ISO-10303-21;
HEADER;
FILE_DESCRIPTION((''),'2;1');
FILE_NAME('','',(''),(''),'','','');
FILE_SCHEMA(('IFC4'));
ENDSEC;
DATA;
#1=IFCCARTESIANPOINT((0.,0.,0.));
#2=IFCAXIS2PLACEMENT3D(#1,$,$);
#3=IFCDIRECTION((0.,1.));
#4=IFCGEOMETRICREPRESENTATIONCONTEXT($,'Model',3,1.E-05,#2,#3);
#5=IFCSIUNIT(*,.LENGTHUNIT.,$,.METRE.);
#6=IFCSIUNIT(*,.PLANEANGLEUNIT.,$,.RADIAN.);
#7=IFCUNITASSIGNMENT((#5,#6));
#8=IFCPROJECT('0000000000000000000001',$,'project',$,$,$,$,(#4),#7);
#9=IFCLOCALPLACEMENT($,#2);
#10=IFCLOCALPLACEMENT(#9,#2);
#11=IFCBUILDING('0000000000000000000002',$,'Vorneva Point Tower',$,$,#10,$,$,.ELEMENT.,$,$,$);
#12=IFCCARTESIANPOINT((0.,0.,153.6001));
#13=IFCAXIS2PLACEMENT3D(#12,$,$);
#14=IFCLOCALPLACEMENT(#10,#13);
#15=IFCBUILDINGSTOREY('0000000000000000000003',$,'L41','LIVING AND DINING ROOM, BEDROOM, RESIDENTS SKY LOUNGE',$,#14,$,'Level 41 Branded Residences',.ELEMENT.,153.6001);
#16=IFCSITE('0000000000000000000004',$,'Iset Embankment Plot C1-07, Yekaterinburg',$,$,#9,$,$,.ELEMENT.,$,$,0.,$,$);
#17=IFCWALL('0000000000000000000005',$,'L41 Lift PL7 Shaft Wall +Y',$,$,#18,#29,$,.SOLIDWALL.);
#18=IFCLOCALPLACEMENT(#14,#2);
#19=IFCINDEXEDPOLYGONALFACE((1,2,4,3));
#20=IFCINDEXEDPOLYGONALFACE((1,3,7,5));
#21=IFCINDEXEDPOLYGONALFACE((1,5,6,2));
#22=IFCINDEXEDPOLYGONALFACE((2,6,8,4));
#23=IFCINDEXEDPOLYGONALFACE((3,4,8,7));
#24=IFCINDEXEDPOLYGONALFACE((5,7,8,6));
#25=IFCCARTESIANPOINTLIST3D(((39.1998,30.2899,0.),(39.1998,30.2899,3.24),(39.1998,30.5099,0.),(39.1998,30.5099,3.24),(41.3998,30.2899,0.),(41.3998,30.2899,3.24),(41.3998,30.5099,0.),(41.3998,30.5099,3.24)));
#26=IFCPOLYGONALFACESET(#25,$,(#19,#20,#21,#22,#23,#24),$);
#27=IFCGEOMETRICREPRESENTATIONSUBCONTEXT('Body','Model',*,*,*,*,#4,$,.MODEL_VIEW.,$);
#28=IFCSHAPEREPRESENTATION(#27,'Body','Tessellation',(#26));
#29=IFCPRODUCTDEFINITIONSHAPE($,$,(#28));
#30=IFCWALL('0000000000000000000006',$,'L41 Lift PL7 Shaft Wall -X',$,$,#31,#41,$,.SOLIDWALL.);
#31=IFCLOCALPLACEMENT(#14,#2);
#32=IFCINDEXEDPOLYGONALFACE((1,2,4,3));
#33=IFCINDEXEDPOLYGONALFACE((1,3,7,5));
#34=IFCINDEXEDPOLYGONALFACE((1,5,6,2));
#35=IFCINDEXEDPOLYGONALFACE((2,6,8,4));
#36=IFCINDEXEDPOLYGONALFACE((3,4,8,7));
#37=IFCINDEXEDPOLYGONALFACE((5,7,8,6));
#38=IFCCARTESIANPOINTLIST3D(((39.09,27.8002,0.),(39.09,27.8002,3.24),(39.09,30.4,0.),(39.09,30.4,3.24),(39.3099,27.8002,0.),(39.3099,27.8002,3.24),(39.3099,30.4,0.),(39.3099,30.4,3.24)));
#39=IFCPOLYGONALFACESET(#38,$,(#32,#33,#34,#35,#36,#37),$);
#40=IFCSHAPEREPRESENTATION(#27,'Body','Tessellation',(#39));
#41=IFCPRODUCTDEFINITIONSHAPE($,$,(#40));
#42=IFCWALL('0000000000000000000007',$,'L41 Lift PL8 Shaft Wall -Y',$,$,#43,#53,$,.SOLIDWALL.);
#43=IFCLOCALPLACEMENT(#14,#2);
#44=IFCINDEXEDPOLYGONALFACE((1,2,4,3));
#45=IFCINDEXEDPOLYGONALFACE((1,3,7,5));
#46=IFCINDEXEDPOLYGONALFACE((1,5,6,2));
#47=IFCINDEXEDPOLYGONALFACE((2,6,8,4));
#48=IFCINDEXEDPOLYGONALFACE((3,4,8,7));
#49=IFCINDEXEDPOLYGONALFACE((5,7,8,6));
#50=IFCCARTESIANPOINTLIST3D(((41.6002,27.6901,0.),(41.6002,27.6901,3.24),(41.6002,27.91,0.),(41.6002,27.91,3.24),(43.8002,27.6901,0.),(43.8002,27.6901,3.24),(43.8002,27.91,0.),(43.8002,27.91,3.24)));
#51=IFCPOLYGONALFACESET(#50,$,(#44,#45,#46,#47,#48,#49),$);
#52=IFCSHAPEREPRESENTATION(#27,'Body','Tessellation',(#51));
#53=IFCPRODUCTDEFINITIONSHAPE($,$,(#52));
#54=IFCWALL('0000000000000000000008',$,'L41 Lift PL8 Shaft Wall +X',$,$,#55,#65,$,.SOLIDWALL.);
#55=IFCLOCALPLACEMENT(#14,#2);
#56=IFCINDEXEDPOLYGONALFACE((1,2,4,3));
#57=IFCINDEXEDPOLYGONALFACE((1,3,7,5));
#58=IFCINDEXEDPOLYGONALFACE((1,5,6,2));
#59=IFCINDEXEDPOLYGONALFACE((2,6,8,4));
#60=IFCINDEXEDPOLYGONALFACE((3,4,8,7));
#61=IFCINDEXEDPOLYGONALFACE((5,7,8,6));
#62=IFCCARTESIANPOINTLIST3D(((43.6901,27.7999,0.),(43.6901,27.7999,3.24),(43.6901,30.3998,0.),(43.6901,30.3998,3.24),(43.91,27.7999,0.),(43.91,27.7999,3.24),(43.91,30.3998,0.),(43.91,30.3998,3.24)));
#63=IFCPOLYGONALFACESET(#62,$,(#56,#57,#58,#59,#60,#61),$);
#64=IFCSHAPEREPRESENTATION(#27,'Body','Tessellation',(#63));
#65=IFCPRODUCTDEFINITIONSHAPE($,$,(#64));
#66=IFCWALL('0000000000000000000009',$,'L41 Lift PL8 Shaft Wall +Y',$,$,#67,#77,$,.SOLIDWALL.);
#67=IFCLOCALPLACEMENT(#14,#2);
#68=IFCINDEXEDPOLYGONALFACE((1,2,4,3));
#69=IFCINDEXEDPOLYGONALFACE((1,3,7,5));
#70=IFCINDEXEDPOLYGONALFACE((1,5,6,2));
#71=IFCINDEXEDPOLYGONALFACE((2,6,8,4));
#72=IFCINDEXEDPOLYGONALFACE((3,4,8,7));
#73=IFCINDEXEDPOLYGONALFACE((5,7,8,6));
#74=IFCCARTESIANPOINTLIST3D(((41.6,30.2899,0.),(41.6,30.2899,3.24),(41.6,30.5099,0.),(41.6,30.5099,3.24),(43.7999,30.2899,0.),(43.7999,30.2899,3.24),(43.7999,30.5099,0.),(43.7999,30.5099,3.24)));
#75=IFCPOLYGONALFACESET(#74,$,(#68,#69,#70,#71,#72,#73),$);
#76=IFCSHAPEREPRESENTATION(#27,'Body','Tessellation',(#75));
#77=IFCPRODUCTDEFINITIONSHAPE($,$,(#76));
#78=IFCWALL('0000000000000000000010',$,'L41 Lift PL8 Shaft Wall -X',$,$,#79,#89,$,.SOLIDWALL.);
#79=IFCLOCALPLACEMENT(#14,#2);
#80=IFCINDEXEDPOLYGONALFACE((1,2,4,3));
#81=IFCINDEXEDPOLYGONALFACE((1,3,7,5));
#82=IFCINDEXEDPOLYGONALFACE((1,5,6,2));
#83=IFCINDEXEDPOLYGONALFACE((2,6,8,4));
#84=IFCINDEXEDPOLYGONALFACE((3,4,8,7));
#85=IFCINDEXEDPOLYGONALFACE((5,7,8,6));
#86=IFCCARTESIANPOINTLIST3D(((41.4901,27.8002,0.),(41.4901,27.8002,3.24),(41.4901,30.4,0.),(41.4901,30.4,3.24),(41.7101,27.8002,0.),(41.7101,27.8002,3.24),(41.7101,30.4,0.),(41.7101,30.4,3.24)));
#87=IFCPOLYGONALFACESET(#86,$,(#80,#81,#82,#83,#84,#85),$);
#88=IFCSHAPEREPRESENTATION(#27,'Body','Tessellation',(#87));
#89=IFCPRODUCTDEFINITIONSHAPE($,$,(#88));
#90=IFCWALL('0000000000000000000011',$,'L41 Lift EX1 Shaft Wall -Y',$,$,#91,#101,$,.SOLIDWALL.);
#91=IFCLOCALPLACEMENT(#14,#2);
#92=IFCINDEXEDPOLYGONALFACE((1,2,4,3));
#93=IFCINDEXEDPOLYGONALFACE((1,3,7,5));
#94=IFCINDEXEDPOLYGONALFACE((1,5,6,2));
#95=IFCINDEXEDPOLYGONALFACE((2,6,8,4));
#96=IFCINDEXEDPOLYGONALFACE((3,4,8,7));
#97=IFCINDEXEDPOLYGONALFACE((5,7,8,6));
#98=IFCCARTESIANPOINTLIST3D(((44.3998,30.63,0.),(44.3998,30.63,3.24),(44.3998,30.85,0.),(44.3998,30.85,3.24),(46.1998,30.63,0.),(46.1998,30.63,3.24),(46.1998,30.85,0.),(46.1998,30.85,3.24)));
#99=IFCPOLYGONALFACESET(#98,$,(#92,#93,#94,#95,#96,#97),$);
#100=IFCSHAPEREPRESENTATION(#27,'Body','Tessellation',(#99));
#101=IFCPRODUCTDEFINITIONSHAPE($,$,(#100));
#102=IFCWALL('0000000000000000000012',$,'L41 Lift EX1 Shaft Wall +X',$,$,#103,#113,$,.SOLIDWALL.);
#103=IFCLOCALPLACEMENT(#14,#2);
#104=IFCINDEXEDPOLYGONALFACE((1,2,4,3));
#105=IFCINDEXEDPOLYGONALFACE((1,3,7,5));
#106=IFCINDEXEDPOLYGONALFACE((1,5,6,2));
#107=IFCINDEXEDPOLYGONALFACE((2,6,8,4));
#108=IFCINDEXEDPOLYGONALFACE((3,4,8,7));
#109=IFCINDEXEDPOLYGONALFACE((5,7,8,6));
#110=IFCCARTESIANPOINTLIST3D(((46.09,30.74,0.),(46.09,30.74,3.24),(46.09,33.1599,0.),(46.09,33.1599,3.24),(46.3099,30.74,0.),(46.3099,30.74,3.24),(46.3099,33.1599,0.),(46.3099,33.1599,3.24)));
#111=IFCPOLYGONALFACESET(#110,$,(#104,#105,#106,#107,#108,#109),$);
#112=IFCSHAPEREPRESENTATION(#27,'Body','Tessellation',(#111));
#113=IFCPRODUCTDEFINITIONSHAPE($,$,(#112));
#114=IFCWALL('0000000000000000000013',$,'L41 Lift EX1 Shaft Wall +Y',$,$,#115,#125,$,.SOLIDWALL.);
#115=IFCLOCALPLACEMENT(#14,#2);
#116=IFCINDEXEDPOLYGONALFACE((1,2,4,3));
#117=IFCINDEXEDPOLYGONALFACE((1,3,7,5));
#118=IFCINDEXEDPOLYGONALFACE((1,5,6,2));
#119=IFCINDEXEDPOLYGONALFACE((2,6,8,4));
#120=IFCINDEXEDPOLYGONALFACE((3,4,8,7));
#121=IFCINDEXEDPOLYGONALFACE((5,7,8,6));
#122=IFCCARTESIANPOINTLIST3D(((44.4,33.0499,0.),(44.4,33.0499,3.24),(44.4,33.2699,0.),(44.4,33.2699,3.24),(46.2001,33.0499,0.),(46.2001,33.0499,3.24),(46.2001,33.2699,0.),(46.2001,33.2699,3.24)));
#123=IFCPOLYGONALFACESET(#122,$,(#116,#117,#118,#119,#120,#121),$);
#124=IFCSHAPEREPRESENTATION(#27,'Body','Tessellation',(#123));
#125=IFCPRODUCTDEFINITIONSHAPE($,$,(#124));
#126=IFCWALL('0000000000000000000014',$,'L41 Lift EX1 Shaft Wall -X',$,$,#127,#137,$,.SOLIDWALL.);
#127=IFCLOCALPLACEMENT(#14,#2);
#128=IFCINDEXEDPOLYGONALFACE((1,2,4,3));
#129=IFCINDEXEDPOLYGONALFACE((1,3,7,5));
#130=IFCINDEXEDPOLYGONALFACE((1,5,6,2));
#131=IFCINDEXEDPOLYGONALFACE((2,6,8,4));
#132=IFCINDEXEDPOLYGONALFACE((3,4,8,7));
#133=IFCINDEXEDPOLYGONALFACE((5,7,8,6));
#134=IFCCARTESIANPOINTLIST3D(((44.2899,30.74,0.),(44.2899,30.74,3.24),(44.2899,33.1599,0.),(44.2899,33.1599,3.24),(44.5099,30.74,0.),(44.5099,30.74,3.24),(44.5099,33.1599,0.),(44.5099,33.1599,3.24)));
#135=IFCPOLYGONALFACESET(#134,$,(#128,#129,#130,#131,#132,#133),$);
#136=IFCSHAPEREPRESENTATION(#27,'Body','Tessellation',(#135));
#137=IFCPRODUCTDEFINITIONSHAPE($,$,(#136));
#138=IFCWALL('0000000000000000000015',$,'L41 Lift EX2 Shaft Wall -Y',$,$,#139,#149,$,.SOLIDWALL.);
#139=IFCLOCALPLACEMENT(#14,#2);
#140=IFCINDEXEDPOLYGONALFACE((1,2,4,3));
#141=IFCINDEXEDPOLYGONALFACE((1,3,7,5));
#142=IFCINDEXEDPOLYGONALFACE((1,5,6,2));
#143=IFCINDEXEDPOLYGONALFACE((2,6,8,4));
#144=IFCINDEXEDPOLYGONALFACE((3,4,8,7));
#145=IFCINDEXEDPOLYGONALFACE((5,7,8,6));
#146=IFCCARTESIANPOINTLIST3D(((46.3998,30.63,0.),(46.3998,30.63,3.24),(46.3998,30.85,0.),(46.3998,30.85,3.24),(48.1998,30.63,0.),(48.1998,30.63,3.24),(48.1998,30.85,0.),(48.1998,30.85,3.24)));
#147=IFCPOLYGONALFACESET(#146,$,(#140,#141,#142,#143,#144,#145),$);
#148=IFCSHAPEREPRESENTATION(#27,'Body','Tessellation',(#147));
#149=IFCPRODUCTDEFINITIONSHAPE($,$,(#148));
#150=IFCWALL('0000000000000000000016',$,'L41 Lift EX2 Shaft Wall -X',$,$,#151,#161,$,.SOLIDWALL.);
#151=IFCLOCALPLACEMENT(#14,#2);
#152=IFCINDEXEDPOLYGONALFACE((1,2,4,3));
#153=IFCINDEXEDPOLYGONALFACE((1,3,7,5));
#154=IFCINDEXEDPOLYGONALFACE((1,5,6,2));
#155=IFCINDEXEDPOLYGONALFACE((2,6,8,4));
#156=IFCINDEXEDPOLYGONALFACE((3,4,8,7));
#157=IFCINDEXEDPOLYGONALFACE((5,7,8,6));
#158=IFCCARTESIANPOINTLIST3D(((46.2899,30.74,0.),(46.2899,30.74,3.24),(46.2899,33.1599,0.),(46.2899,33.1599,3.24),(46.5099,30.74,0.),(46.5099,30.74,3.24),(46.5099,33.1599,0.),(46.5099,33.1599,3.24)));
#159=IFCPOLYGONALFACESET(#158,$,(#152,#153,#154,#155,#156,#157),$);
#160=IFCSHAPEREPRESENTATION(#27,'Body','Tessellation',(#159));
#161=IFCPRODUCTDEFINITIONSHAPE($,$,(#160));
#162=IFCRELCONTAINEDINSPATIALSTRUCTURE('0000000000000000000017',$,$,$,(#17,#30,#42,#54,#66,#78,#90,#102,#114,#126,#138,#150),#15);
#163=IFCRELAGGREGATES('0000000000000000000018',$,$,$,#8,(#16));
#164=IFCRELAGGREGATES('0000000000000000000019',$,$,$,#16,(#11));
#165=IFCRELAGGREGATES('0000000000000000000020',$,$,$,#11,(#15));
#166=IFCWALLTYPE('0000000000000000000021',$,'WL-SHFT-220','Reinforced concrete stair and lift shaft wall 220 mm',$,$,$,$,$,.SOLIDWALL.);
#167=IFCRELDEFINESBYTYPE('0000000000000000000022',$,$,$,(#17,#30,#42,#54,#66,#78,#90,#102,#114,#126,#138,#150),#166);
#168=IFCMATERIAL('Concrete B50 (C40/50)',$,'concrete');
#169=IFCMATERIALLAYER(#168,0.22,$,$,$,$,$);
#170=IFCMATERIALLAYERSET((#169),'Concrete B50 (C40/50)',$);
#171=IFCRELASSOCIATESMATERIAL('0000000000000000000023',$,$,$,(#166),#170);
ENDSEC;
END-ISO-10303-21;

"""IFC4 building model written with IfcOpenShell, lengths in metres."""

from ifc_helpers import new_model, si_unit, direction, frame, frame_2d, origin, place, context, subcontext, project, spatial, rectangle, extrude, material, layer, layer_set, type_object, element, save


model = new_model("IFC4")

# Units and contexts
model_context = context("Model", 3, precision=1e-05, world=origin(), true_north=direction((0.0, 1.0)))
body_context = subcontext(model_context, "Body", "Model", "MODEL_VIEW")
ifc_project = project(units=[si_unit("LENGTHUNIT", "METRE"), si_unit("PLANEANGLEUNIT", "RADIAN")], contexts=[model_context])

# Site, building, storey
site_placement = place(None, origin())
site = spatial("IfcSite", under=ifc_project, at=site_placement, Name="Iset Embankment Plot C1-07, Yekaterinburg", CompositionType="ELEMENT", RefElevation=0.0)
building_placement = place(site_placement, origin())
building = spatial("IfcBuilding", under=site, at=building_placement, Name="Vorneva Point Tower", CompositionType="ELEMENT")
storey_placement = place(building_placement, frame((0.0, 0.0, 153.6001)))
storey = spatial("IfcBuildingStorey", under=building, at=storey_placement, Name="L41", Description="LIVING AND DINING ROOM, BEDROOM, RESIDENTS SKY LOUNGE", LongName="Level 41 Branded Residences", CompositionType="ELEMENT", Elevation=153.6001)

# Walls
ifc_material_1 = material(Name="Concrete B50 (C40/50)", Category="concrete")
ifc_layer_1 = layer(ifc_material_1, 0.22)
ifc_layer_set_1 = layer_set([ifc_layer_1], Name="Concrete B50 (C40/50)")
wall_type_1 = type_object("IfcWallType", Name="WL-SHFT-220", Description="Reinforced concrete stair and lift shaft wall 220 mm", PredefinedType="SOLIDWALL", material=ifc_layer_set_1)
wall_1_placement = place(storey_placement, frame((41.3999, 30.3999, 0.0), z_axis=(0.0, 0.0, 1.0), x_axis=(-1.0, 0.0, 0.0)))
element("IfcWall", 1, at=wall_1_placement, inside=storey, type_object=wall_type_1, Name="L41 Lift PL7 Shaft Wall +Y", PredefinedType="SOLIDWALL", context=body_context, shape_type="SweptSolid", body=[
    extrude(rectangle(XDim=2.2, YDim=0.22, at=frame_2d((1.1001, 0.0))), origin(), (0.0, 0.0, 1.0), 3.24),
])
wall_2_placement = place(storey_placement, frame((39.2, 30.3999, 0.0), z_axis=(0.0, 0.0, 1.0), x_axis=(0.0, -1.0, 0.0)))
element("IfcWall", 2, at=wall_2_placement, inside=storey, type_object=wall_type_1, Name="L41 Lift PL7 Shaft Wall -X", PredefinedType="SOLIDWALL", context=body_context, shape_type="SweptSolid", body=[
    extrude(rectangle(XDim=2.5999, YDim=0.22, at=frame_2d((1.2998, 0.0))), origin(), (0.0, 0.0, 1.0), 3.24),
])
wall_3_placement = place(storey_placement, frame((41.6001, 27.8, 0.0), z_axis=(0.0, 0.0, 1.0), x_axis=(1.0, 0.0, 0.0)))
element("IfcWall", 3, at=wall_3_placement, inside=storey, type_object=wall_type_1, Name="L41 Lift PL8 Shaft Wall -Y", PredefinedType="SOLIDWALL", context=body_context, shape_type="SweptSolid", body=[
    extrude(rectangle(XDim=2.2, YDim=0.22, at=frame_2d((1.1001, 0.0))), origin(), (0.0, 0.0, 1.0), 3.24),
])
wall_4_placement = place(storey_placement, frame((43.8, 27.8, 0.0), z_axis=(0.0, 0.0, 1.0), x_axis=(0.0, 1.0, 0.0)))
element("IfcWall", 4, at=wall_4_placement, inside=storey, type_object=wall_type_1, Name="L41 Lift PL8 Shaft Wall +X", PredefinedType="SOLIDWALL", context=body_context, shape_type="SweptSolid", body=[
    extrude(rectangle(XDim=2.5999, YDim=0.22, at=frame_2d((1.2998, 0.0))), origin(), (0.0, 0.0, 1.0), 3.24),
])
wall_5_placement = place(storey_placement, frame((43.8, 30.3999, 0.0), z_axis=(0.0, 0.0, 1.0), x_axis=(-1.0, 0.0, 0.0)))
element("IfcWall", 5, at=wall_5_placement, inside=storey, type_object=wall_type_1, Name="L41 Lift PL8 Shaft Wall +Y", PredefinedType="SOLIDWALL", context=body_context, shape_type="SweptSolid", body=[
    extrude(rectangle(XDim=2.2, YDim=0.22, at=frame_2d((1.1001, 0.0))), origin(), (0.0, 0.0, 1.0), 3.24),
])
wall_6_placement = place(storey_placement, frame((41.6001, 30.3999, 0.0), z_axis=(0.0, 0.0, 1.0), x_axis=(0.0, -1.0, 0.0)))
element("IfcWall", 6, at=wall_6_placement, inside=storey, type_object=wall_type_1, Name="L41 Lift PL8 Shaft Wall -X", PredefinedType="SOLIDWALL", context=body_context, shape_type="SweptSolid", body=[
    extrude(rectangle(XDim=2.5999, YDim=0.22, at=frame_2d((1.2998, 0.0))), origin(), (0.0, 0.0, 1.0), 3.24),
])
wall_7_placement = place(storey_placement, frame((44.3999, 30.74, 0.0), z_axis=(0.0, 0.0, 1.0), x_axis=(1.0, 0.0, 0.0)))
element("IfcWall", 7, at=wall_7_placement, inside=storey, type_object=wall_type_1, Name="L41 Lift EX1 Shaft Wall -Y", PredefinedType="SOLIDWALL", context=body_context, shape_type="SweptSolid", body=[
    extrude(rectangle(XDim=1.8, YDim=0.22, at=frame_2d((0.8999, 0.0))), origin(), (0.0, 0.0, 1.0), 3.24),
])
wall_8_placement = place(storey_placement, frame((46.2, 30.74, 0.0), z_axis=(0.0, 0.0, 1.0), x_axis=(0.0, 1.0, 0.0)))
element("IfcWall", 8, at=wall_8_placement, inside=storey, type_object=wall_type_1, Name="L41 Lift EX1 Shaft Wall +X", PredefinedType="SOLIDWALL", context=body_context, shape_type="SweptSolid", body=[
    extrude(rectangle(XDim=2.4199, YDim=0.22, at=frame_2d((1.21, 0.0))), origin(), (0.0, 0.0, 1.0), 3.24),
])
wall_9_placement = place(storey_placement, frame((46.2, 33.1599, 0.0), z_axis=(0.0, 0.0, 1.0), x_axis=(-1.0, 0.0, 0.0)))
element("IfcWall", 9, at=wall_9_placement, inside=storey, type_object=wall_type_1, Name="L41 Lift EX1 Shaft Wall +Y", PredefinedType="SOLIDWALL", context=body_context, shape_type="SweptSolid", body=[
    extrude(rectangle(XDim=1.8, YDim=0.22, at=frame_2d((0.8999, 0.0))), origin(), (0.0, 0.0, 1.0), 3.24),
])
wall_10_placement = place(storey_placement, frame((44.3999, 33.1599, 0.0), z_axis=(0.0, 0.0, 1.0), x_axis=(0.0, -1.0, 0.0)))
element("IfcWall", 10, at=wall_10_placement, inside=storey, type_object=wall_type_1, Name="L41 Lift EX1 Shaft Wall -X", PredefinedType="SOLIDWALL", context=body_context, shape_type="SweptSolid", body=[
    extrude(rectangle(XDim=2.4199, YDim=0.22, at=frame_2d((1.21, 0.0))), origin(), (0.0, 0.0, 1.0), 3.24),
])
wall_11_placement = place(storey_placement, frame((46.3999, 30.74, 0.0), z_axis=(0.0, 0.0, 1.0), x_axis=(1.0, 0.0, 0.0)))
element("IfcWall", 11, at=wall_11_placement, inside=storey, type_object=wall_type_1, Name="L41 Lift EX2 Shaft Wall -Y", PredefinedType="SOLIDWALL", context=body_context, shape_type="SweptSolid", body=[
    extrude(rectangle(XDim=1.8, YDim=0.22, at=frame_2d((0.8999, 0.0))), origin(), (0.0, 0.0, 1.0), 3.24),
])
wall_12_placement = place(storey_placement, frame((46.3999, 33.1599, 0.0), z_axis=(0.0, 0.0, 1.0), x_axis=(0.0, -1.0, 0.0)))
element("IfcWall", 12, at=wall_12_placement, inside=storey, type_object=wall_type_1, Name="L41 Lift EX2 Shaft Wall -X", PredefinedType="SOLIDWALL", context=body_context, shape_type="SweptSolid", body=[
    extrude(rectangle(XDim=2.4199, YDim=0.22, at=frame_2d((1.21, 0.0))), origin(), (0.0, 0.0, 1.0), 3.24),
])

save(model, "model.ifc")
